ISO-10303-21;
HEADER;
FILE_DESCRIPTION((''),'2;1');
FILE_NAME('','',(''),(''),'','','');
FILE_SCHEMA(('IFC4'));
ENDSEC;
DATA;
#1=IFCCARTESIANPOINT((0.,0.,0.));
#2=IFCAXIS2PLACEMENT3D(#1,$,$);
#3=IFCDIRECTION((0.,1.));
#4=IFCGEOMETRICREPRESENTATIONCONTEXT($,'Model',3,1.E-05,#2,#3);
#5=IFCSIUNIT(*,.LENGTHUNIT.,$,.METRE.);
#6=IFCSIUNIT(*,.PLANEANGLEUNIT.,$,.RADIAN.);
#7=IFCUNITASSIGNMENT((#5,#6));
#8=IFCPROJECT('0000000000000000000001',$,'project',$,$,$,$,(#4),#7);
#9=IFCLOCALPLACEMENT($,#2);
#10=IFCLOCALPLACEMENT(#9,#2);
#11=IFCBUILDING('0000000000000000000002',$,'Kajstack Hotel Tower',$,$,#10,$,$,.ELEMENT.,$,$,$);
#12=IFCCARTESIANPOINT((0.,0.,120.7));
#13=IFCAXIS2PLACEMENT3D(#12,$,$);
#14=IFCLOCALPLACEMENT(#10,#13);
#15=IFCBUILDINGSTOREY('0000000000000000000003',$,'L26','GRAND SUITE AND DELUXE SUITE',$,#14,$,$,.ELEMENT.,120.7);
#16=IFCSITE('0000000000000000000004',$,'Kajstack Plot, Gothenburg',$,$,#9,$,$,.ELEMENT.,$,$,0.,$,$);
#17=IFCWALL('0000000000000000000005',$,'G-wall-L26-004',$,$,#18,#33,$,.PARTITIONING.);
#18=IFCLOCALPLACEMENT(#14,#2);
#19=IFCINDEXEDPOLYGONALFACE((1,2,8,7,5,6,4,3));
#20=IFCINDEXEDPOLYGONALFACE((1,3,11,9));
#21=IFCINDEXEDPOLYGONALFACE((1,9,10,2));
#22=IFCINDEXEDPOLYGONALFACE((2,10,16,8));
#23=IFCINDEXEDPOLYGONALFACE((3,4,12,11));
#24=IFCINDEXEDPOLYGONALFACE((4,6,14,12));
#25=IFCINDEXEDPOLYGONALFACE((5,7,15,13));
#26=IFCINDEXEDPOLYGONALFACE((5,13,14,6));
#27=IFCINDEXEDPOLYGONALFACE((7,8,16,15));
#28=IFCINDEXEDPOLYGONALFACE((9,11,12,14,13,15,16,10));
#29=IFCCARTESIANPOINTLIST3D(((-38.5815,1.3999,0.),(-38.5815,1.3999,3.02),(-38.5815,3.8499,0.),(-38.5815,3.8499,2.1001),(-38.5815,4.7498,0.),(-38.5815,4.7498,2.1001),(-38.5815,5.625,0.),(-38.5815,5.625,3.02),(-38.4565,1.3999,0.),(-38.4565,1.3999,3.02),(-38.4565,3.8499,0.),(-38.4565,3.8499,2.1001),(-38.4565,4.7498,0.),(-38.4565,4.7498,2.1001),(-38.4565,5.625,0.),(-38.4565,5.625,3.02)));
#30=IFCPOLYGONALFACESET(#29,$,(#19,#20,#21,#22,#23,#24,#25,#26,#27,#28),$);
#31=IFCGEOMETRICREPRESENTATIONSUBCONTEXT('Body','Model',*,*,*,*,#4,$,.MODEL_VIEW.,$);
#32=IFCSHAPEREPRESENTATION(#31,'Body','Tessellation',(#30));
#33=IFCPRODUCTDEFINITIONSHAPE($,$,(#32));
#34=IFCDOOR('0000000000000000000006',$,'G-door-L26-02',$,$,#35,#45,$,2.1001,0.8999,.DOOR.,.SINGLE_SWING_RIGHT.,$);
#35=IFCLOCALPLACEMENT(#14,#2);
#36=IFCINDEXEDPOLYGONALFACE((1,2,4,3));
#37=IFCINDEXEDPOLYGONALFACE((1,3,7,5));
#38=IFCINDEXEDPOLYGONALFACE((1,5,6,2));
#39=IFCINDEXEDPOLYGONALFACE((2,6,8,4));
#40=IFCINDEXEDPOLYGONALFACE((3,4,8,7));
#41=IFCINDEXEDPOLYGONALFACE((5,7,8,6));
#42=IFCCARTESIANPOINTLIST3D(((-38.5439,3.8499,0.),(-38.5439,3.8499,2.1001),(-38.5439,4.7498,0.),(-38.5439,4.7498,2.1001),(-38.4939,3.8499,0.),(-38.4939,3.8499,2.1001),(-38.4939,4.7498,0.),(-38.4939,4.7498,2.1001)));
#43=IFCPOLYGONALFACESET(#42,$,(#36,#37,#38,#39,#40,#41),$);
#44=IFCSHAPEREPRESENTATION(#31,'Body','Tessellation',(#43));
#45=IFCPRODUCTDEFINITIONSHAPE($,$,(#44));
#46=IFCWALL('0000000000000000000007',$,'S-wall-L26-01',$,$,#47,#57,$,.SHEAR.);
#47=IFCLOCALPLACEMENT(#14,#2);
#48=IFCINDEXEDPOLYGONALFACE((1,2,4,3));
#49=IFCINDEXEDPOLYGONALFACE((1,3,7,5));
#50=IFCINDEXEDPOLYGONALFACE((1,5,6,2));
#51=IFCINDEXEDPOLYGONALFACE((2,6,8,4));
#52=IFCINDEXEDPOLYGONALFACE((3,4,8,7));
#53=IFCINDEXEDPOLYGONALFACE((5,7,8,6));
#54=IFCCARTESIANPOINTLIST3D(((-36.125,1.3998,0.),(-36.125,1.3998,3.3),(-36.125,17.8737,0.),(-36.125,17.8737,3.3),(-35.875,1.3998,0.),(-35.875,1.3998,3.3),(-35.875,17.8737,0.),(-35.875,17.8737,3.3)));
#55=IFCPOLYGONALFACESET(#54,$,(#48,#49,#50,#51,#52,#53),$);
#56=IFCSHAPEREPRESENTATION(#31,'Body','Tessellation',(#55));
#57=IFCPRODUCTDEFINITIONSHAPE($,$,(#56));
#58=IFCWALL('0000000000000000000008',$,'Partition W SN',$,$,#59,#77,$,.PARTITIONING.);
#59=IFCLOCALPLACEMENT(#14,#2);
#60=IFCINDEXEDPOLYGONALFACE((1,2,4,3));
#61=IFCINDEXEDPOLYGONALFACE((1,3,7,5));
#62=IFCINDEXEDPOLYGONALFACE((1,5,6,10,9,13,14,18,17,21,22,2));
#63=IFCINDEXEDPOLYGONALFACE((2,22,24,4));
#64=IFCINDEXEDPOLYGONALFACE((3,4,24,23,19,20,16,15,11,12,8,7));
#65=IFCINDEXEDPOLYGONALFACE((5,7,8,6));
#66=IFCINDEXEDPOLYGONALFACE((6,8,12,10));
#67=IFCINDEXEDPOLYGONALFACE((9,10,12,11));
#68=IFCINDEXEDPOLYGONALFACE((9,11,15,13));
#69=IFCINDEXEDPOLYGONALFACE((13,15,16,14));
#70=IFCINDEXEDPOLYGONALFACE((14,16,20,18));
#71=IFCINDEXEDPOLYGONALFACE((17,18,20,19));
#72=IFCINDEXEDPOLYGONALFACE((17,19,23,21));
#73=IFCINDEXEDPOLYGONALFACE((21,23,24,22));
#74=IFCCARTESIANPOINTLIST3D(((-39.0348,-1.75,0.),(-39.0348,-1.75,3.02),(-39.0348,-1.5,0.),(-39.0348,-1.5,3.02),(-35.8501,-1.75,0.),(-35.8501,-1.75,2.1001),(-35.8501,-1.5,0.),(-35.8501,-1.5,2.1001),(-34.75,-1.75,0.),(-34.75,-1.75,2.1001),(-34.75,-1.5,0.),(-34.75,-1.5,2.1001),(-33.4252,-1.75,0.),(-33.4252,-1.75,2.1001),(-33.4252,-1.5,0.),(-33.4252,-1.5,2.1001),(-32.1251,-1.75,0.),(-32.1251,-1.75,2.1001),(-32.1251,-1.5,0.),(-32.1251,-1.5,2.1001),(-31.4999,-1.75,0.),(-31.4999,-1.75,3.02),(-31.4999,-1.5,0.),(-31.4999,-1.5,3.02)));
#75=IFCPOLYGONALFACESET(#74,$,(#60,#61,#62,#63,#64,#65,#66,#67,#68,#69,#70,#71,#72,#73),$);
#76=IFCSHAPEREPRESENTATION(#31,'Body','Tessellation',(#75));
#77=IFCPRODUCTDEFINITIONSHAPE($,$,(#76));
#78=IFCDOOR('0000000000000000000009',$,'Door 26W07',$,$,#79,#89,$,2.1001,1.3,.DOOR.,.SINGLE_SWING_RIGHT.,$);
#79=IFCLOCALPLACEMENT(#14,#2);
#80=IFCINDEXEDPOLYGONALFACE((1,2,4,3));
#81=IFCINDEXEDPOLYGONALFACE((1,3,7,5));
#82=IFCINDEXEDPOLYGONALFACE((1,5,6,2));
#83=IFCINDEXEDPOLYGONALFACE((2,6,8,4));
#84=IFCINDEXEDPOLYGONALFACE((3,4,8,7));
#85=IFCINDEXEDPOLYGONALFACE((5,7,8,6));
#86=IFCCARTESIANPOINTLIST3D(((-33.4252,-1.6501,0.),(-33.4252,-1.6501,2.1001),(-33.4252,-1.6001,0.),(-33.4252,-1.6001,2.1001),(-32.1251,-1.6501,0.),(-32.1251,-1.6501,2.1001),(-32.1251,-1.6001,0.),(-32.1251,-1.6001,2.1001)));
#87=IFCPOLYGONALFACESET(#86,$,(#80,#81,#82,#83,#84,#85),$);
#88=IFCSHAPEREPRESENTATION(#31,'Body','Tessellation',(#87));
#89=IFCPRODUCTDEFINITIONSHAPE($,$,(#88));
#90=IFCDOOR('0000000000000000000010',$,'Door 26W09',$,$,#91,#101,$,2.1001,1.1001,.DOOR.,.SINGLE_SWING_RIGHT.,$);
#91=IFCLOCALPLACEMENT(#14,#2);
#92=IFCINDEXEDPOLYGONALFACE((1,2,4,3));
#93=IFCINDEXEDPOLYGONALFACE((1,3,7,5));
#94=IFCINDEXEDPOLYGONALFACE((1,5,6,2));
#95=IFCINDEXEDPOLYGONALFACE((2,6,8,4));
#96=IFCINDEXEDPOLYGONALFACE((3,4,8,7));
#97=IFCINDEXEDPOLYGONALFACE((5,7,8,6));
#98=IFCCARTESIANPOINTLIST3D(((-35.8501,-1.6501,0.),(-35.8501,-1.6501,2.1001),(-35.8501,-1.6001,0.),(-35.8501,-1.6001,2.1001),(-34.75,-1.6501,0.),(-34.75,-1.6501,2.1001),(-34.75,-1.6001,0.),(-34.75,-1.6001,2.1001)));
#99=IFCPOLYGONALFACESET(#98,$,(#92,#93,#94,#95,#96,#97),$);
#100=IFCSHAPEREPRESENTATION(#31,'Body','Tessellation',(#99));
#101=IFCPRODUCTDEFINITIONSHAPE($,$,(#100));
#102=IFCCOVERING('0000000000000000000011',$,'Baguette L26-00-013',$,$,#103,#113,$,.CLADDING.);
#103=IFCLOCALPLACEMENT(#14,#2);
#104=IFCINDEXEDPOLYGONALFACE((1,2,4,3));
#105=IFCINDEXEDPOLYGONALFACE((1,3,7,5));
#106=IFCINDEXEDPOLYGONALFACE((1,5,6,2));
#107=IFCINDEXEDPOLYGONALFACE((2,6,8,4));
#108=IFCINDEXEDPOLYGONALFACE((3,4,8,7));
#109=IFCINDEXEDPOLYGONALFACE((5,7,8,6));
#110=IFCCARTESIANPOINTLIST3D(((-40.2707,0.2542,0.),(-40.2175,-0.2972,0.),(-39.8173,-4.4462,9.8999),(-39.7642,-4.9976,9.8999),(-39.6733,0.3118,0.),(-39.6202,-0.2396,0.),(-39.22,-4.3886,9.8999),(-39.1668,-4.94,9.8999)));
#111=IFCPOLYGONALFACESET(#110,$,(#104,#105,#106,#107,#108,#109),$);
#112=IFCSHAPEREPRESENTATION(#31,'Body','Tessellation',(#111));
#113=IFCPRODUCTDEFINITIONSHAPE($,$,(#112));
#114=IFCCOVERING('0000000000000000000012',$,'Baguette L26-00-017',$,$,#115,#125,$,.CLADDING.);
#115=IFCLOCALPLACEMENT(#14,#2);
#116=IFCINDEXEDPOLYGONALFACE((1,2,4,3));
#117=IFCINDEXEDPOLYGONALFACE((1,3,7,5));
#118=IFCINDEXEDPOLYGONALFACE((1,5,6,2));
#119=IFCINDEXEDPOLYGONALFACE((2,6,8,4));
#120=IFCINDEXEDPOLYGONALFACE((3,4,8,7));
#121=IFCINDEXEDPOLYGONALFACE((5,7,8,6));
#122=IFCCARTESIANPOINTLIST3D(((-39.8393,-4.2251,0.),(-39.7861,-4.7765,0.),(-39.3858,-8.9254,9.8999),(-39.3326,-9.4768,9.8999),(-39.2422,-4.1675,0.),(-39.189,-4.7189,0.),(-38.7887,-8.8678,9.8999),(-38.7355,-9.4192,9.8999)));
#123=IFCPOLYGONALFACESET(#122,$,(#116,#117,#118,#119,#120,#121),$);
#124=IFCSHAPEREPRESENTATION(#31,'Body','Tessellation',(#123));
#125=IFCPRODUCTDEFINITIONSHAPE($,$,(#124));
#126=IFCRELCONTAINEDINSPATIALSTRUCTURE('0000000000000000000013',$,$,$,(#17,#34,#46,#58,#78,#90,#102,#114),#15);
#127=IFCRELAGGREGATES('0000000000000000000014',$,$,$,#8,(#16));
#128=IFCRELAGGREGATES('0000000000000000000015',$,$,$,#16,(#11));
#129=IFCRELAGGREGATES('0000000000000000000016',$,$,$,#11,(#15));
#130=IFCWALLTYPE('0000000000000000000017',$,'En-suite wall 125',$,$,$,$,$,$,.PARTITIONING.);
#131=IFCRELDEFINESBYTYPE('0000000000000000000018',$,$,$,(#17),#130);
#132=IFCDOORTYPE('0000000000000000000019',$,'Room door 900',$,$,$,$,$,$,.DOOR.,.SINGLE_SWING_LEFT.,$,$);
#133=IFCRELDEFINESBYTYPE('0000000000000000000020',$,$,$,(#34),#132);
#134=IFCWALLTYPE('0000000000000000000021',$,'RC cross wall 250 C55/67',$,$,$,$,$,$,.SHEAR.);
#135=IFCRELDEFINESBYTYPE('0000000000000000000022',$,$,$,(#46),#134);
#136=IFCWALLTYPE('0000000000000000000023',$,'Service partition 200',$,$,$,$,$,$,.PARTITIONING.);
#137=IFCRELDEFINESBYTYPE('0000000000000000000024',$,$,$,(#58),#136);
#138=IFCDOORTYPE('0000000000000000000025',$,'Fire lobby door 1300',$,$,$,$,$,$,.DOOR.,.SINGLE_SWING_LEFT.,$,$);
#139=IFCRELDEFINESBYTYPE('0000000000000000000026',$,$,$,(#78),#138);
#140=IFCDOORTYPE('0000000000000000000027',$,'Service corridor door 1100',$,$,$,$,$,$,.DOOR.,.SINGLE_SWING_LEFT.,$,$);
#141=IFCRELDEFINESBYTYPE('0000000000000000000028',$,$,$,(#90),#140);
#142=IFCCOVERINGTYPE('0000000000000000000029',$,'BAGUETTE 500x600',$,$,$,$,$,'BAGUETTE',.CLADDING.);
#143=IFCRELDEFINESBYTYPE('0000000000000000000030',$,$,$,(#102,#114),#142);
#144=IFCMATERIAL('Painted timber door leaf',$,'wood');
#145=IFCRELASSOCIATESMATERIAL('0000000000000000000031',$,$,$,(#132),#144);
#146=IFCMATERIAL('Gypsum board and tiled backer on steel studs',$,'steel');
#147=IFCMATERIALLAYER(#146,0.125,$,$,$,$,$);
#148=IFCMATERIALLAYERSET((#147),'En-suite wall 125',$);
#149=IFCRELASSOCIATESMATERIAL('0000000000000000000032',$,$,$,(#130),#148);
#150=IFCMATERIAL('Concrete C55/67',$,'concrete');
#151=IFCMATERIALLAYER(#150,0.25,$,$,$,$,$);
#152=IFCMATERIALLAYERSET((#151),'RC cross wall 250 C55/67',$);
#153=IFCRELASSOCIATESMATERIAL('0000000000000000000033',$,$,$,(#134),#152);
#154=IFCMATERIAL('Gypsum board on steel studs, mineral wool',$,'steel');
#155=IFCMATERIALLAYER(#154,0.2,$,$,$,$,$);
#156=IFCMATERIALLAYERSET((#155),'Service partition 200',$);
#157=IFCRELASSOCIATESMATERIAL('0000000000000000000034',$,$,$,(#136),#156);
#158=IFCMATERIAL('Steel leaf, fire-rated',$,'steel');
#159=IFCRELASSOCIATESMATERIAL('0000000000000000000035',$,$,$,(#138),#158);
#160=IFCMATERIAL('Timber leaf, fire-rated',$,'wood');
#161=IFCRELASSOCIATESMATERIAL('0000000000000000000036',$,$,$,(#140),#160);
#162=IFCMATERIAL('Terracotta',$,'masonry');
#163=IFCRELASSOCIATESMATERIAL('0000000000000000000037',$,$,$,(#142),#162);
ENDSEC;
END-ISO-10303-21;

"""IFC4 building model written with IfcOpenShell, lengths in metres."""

from ifc_helpers import new_model, si_unit, direction, frame, frame_2d, origin, origin_2d, place, context, subcontext, project, spatial, polyline, rectangle, outline, extrude, material, layer, layer_set, material_profile, profile_set, type_object, element, fill, save


model = new_model("IFC4")

# Units and contexts
model_context = context("Model", 3, precision=1e-05, world=origin(), true_north=direction((0.0, 1.0)))
body_context = subcontext(model_context, "Body", "Model", "MODEL_VIEW")
ifc_project = project(units=[si_unit("LENGTHUNIT", "METRE"), si_unit("PLANEANGLEUNIT", "RADIAN")], contexts=[model_context])

# Site, building, storey
site_placement = place(None, origin())
site = spatial("IfcSite", under=ifc_project, at=site_placement, Name="Kajstack Plot, Gothenburg", CompositionType="ELEMENT", RefElevation=0.0)
building_placement = place(site_placement, origin())
building = spatial("IfcBuilding", under=site, at=building_placement, Name="Kajstack Hotel Tower", CompositionType="ELEMENT")
storey_placement = place(building_placement, frame((0.0, 0.0, 120.7)))
storey = spatial("IfcBuildingStorey", under=building, at=storey_placement, Name="L26", Description="GRAND SUITE AND DELUXE SUITE", CompositionType="ELEMENT", Elevation=120.7)

# Shared definitions
ifc_material_1 = material(Name="Gypsum board on steel studs, mineral wool", Category="steel")
ifc_material_2 = material(Name="Painted timber door leaf", Category="wood")
door_type_1 = type_object("IfcDoorType", Name="Room door 900", OperationType="SINGLE_SWING_LEFT", PredefinedType="DOOR", material=ifc_material_2)

# Wall, opening, door
ifc_material_3 = material(Name="Gypsum board and tiled backer on steel studs", Category="steel")
ifc_layer_1 = layer(ifc_material_3, 0.125)
ifc_layer_set_1 = layer_set([ifc_layer_1], Name="En-suite wall 125")
wall_type_1 = type_object("IfcWallType", Name="En-suite wall 125", PredefinedType="PARTITIONING", material=ifc_layer_set_1)
wall_1_placement = place(storey_placement, frame((-38.519, 1.3999, 0.0), z_axis=(0.0, 0.0, 1.0), x_axis=(0.0, 1.0, 0.0)))
wall_1 = element("IfcWall", 1, at=wall_1_placement, inside=storey, type_object=wall_type_1, Name="G-wall-L26-004", PredefinedType="PARTITIONING", context=body_context, shape_type="SweptSolid", body=[
    extrude(rectangle(XDim=4.2251, YDim=0.125, at=frame_2d((2.1125, 0.0))), origin(), (0.0, 0.0, 1.0), 3.02),
])
opening_1_placement = place(wall_1_placement, frame((2.45, 0.0, 0.0)))
opening_1 = element("IfcOpeningElement", 2, at=opening_1_placement, cuts=wall_1, PredefinedType="OPENING", context=body_context, shape_type="SweptSolid", body=[
    extrude(rectangle(XDim=0.8999, YDim=2.1001, at=frame_2d((0.45, 1.05))), frame((0.0, 0.0725, 0.0), z_axis=(0.0, -1.0, 0.0), x_axis=(1.0, 0.0, 0.0)), (0.0, 0.0, 1.0), 0.145),
])
door_1_placement = place(opening_1_placement, origin())
door_1 = element("IfcDoor", 3, at=door_1_placement, inside=storey, type_object=door_type_1, Name="G-door-L26-02", OperationType="SINGLE_SWING_RIGHT", OverallHeight=2.1001, OverallWidth=0.8999, PredefinedType="DOOR", context=body_context, shape_type="SweptSolid", body=[
    extrude(rectangle(XDim=0.8999, YDim=2.1001, at=frame_2d((0.45, 1.05))), frame((0.0, 0.0249, 0.0), z_axis=(0.0, -1.0, 0.0), x_axis=(1.0, 0.0, 0.0)), (0.0, 0.0, 1.0), 0.05),
])
fill(opening_1, door_1)

# Wall
ifc_material_4 = material(Name="Concrete C55/67", Category="concrete")
ifc_layer_2 = layer(ifc_material_4, 0.25)
ifc_layer_set_2 = layer_set([ifc_layer_2], Name="RC cross wall 250 C55/67")
wall_type_2 = type_object("IfcWallType", Name="RC cross wall 250 C55/67", PredefinedType="SHEAR", material=ifc_layer_set_2)
wall_2_placement = place(storey_placement, frame((-36.0, 1.3999, 0.0), z_axis=(0.0, 0.0, 1.0), x_axis=(0.0, 1.0, 0.0)))
element("IfcWall", 4, at=wall_2_placement, inside=storey, type_object=wall_type_2, Name="S-wall-L26-01", PredefinedType="SHEAR", context=body_context, shape_type="SweptSolid", body=[
    extrude(rectangle(XDim=16.4739, YDim=0.25, at=frame_2d((8.2368, 0.0))), origin(), (0.0, 0.0, 1.0), 3.3),
])

# Wall, openings, doors
ifc_layer_3 = layer(ifc_material_1, 0.2)
ifc_layer_set_3 = layer_set([ifc_layer_3], Name="Service partition 200")
wall_type_3 = type_object("IfcWallType", Name="Service partition 200", PredefinedType="PARTITIONING", material=ifc_layer_set_3)
wall_3_placement = place(storey_placement, frame((-39.0349, -1.625, 0.0), z_axis=(0.0, 0.0, 1.0), x_axis=(1.0, 0.0, 0.0)))
wall_3 = element("IfcWall", 5, at=wall_3_placement, inside=storey, type_object=wall_type_3, Name="Partition W SN", PredefinedType="PARTITIONING", context=body_context, shape_type="SweptSolid", body=[
    extrude(rectangle(XDim=7.5349, YDim=0.25, at=frame_2d((3.7676, 0.0))), origin(), (0.0, 0.0, 1.0), 3.02),
])
opening_2_placement = place(wall_3_placement, frame((5.6099, 0.0, 0.0)))
opening_2 = element("IfcOpeningElement", 6, at=opening_2_placement, cuts=wall_3, PredefinedType="OPENING", context=body_context, shape_type="SweptSolid", body=[
    extrude(rectangle(XDim=1.3, YDim=2.1001, at=frame_2d((0.6499, 1.05))), frame((0.0, 0.135, 0.0), z_axis=(0.0, -1.0, 0.0), x_axis=(1.0, 0.0, 0.0)), (0.0, 0.0, 1.0), 0.27),
])
opening_3_placement = place(wall_3_placement, frame((3.1848, 0.0, 0.0)))
opening_3 = element("IfcOpeningElement", 7, at=opening_3_placement, cuts=wall_3, PredefinedType="OPENING", context=body_context, shape_type="SweptSolid", body=[
    extrude(rectangle(XDim=1.1001, YDim=2.1001, at=frame_2d((0.55, 1.05))), frame((0.0, 0.135, 0.0), z_axis=(0.0, -1.0, 0.0), x_axis=(1.0, 0.0, 0.0)), (0.0, 0.0, 1.0), 0.27),
])
ifc_material_5 = material(Name="Steel leaf, fire-rated", Category="steel")
door_type_2 = type_object("IfcDoorType", Name="Fire lobby door 1300", OperationType="SINGLE_SWING_LEFT", PredefinedType="DOOR", material=ifc_material_5)
door_2_placement = place(opening_2_placement, origin())
door_2 = element("IfcDoor", 8, at=door_2_placement, inside=storey, type_object=door_type_2, Name="Door 26W07", OperationType="SINGLE_SWING_RIGHT", OverallHeight=2.1001, OverallWidth=1.3, PredefinedType="DOOR", context=body_context, shape_type="SweptSolid", body=[
    extrude(rectangle(XDim=1.3, YDim=2.1001, at=frame_2d((0.6499, 1.05))), frame((0.0, 0.0249, 0.0), z_axis=(0.0, -1.0, 0.0), x_axis=(1.0, 0.0, 0.0)), (0.0, 0.0, 1.0), 0.05),
])
fill(opening_2, door_2)
ifc_material_6 = material(Name="Timber leaf, fire-rated", Category="wood")
door_type_3 = type_object("IfcDoorType", Name="Service corridor door 1100", OperationType="SINGLE_SWING_LEFT", PredefinedType="DOOR", material=ifc_material_6)
door_3_placement = place(opening_3_placement, origin())
door_3 = element("IfcDoor", 9, at=door_3_placement, inside=storey, type_object=door_type_3, Name="Door 26W09", OperationType="SINGLE_SWING_RIGHT", OverallHeight=2.1001, OverallWidth=1.1001, PredefinedType="DOOR", context=body_context, shape_type="SweptSolid", body=[
    extrude(rectangle(XDim=1.1001, YDim=2.1001, at=frame_2d((0.55, 1.05))), frame((0.0, 0.0249, 0.0), z_axis=(0.0, -1.0, 0.0), x_axis=(1.0, 0.0, 0.0)), (0.0, 0.0, 1.0), 0.05),
])
fill(opening_3, door_3)

# Coverings
ifc_material_7 = material(Name="Terracotta", Category="masonry")
ifc_material_profile = material_profile(ifc_material_7, rectangle(XDim=0.6001, YDim=0.5, at=origin_2d()), Name="Terracotta-clad concrete baguette 500 x 600")
ifc_profile_set = profile_set([ifc_material_profile], Name="Terracotta")
covering_type = type_object("IfcCoveringType", Name="BAGUETTE 500x600", ElementType="BAGUETTE", PredefinedType="CLADDING", material=ifc_profile_set)
covering_1_placement = place(storey_placement, frame((-39.6733, 0.3118, 0.0), z_axis=(-0.995381, -0.095999, 0.0), x_axis=(0.095999, -0.995381, 0.0)))
element("IfcCovering", 10, at=covering_1_placement, inside=storey, type_object=covering_type, Name="Baguette L26-00-013", PredefinedType="CLADDING", context=body_context, shape_type="SweptSolid", body=[
    extrude(outline(polyline([(4.7222, 9.8999), (0.0, 0.0), (0.554, 0.0), (5.2761, 9.8999), (4.7222, 9.8999)])), origin(), (0.0, 0.0, 1.0), 0.6001),
])
covering_2_placement = place(storey_placement, frame((-39.2422, -4.1675, 0.0), z_axis=(-0.995378, -0.096038, 0.0), x_axis=(0.096038, -0.995378, 0.0)))
element("IfcCovering", 11, at=covering_2_placement, inside=storey, type_object=covering_type, Name="Baguette L26-00-017", PredefinedType="CLADDING", context=body_context, shape_type="SweptSolid", body=[
    extrude(outline(polyline([(4.7222, 9.8999), (0.0, 0.0), (0.554, 0.0), (5.2761, 9.8999), (4.7222, 9.8999)])), origin(), (0.0, 0.0, 1.0), 0.5999),
])

save(model, "model.ifc")
